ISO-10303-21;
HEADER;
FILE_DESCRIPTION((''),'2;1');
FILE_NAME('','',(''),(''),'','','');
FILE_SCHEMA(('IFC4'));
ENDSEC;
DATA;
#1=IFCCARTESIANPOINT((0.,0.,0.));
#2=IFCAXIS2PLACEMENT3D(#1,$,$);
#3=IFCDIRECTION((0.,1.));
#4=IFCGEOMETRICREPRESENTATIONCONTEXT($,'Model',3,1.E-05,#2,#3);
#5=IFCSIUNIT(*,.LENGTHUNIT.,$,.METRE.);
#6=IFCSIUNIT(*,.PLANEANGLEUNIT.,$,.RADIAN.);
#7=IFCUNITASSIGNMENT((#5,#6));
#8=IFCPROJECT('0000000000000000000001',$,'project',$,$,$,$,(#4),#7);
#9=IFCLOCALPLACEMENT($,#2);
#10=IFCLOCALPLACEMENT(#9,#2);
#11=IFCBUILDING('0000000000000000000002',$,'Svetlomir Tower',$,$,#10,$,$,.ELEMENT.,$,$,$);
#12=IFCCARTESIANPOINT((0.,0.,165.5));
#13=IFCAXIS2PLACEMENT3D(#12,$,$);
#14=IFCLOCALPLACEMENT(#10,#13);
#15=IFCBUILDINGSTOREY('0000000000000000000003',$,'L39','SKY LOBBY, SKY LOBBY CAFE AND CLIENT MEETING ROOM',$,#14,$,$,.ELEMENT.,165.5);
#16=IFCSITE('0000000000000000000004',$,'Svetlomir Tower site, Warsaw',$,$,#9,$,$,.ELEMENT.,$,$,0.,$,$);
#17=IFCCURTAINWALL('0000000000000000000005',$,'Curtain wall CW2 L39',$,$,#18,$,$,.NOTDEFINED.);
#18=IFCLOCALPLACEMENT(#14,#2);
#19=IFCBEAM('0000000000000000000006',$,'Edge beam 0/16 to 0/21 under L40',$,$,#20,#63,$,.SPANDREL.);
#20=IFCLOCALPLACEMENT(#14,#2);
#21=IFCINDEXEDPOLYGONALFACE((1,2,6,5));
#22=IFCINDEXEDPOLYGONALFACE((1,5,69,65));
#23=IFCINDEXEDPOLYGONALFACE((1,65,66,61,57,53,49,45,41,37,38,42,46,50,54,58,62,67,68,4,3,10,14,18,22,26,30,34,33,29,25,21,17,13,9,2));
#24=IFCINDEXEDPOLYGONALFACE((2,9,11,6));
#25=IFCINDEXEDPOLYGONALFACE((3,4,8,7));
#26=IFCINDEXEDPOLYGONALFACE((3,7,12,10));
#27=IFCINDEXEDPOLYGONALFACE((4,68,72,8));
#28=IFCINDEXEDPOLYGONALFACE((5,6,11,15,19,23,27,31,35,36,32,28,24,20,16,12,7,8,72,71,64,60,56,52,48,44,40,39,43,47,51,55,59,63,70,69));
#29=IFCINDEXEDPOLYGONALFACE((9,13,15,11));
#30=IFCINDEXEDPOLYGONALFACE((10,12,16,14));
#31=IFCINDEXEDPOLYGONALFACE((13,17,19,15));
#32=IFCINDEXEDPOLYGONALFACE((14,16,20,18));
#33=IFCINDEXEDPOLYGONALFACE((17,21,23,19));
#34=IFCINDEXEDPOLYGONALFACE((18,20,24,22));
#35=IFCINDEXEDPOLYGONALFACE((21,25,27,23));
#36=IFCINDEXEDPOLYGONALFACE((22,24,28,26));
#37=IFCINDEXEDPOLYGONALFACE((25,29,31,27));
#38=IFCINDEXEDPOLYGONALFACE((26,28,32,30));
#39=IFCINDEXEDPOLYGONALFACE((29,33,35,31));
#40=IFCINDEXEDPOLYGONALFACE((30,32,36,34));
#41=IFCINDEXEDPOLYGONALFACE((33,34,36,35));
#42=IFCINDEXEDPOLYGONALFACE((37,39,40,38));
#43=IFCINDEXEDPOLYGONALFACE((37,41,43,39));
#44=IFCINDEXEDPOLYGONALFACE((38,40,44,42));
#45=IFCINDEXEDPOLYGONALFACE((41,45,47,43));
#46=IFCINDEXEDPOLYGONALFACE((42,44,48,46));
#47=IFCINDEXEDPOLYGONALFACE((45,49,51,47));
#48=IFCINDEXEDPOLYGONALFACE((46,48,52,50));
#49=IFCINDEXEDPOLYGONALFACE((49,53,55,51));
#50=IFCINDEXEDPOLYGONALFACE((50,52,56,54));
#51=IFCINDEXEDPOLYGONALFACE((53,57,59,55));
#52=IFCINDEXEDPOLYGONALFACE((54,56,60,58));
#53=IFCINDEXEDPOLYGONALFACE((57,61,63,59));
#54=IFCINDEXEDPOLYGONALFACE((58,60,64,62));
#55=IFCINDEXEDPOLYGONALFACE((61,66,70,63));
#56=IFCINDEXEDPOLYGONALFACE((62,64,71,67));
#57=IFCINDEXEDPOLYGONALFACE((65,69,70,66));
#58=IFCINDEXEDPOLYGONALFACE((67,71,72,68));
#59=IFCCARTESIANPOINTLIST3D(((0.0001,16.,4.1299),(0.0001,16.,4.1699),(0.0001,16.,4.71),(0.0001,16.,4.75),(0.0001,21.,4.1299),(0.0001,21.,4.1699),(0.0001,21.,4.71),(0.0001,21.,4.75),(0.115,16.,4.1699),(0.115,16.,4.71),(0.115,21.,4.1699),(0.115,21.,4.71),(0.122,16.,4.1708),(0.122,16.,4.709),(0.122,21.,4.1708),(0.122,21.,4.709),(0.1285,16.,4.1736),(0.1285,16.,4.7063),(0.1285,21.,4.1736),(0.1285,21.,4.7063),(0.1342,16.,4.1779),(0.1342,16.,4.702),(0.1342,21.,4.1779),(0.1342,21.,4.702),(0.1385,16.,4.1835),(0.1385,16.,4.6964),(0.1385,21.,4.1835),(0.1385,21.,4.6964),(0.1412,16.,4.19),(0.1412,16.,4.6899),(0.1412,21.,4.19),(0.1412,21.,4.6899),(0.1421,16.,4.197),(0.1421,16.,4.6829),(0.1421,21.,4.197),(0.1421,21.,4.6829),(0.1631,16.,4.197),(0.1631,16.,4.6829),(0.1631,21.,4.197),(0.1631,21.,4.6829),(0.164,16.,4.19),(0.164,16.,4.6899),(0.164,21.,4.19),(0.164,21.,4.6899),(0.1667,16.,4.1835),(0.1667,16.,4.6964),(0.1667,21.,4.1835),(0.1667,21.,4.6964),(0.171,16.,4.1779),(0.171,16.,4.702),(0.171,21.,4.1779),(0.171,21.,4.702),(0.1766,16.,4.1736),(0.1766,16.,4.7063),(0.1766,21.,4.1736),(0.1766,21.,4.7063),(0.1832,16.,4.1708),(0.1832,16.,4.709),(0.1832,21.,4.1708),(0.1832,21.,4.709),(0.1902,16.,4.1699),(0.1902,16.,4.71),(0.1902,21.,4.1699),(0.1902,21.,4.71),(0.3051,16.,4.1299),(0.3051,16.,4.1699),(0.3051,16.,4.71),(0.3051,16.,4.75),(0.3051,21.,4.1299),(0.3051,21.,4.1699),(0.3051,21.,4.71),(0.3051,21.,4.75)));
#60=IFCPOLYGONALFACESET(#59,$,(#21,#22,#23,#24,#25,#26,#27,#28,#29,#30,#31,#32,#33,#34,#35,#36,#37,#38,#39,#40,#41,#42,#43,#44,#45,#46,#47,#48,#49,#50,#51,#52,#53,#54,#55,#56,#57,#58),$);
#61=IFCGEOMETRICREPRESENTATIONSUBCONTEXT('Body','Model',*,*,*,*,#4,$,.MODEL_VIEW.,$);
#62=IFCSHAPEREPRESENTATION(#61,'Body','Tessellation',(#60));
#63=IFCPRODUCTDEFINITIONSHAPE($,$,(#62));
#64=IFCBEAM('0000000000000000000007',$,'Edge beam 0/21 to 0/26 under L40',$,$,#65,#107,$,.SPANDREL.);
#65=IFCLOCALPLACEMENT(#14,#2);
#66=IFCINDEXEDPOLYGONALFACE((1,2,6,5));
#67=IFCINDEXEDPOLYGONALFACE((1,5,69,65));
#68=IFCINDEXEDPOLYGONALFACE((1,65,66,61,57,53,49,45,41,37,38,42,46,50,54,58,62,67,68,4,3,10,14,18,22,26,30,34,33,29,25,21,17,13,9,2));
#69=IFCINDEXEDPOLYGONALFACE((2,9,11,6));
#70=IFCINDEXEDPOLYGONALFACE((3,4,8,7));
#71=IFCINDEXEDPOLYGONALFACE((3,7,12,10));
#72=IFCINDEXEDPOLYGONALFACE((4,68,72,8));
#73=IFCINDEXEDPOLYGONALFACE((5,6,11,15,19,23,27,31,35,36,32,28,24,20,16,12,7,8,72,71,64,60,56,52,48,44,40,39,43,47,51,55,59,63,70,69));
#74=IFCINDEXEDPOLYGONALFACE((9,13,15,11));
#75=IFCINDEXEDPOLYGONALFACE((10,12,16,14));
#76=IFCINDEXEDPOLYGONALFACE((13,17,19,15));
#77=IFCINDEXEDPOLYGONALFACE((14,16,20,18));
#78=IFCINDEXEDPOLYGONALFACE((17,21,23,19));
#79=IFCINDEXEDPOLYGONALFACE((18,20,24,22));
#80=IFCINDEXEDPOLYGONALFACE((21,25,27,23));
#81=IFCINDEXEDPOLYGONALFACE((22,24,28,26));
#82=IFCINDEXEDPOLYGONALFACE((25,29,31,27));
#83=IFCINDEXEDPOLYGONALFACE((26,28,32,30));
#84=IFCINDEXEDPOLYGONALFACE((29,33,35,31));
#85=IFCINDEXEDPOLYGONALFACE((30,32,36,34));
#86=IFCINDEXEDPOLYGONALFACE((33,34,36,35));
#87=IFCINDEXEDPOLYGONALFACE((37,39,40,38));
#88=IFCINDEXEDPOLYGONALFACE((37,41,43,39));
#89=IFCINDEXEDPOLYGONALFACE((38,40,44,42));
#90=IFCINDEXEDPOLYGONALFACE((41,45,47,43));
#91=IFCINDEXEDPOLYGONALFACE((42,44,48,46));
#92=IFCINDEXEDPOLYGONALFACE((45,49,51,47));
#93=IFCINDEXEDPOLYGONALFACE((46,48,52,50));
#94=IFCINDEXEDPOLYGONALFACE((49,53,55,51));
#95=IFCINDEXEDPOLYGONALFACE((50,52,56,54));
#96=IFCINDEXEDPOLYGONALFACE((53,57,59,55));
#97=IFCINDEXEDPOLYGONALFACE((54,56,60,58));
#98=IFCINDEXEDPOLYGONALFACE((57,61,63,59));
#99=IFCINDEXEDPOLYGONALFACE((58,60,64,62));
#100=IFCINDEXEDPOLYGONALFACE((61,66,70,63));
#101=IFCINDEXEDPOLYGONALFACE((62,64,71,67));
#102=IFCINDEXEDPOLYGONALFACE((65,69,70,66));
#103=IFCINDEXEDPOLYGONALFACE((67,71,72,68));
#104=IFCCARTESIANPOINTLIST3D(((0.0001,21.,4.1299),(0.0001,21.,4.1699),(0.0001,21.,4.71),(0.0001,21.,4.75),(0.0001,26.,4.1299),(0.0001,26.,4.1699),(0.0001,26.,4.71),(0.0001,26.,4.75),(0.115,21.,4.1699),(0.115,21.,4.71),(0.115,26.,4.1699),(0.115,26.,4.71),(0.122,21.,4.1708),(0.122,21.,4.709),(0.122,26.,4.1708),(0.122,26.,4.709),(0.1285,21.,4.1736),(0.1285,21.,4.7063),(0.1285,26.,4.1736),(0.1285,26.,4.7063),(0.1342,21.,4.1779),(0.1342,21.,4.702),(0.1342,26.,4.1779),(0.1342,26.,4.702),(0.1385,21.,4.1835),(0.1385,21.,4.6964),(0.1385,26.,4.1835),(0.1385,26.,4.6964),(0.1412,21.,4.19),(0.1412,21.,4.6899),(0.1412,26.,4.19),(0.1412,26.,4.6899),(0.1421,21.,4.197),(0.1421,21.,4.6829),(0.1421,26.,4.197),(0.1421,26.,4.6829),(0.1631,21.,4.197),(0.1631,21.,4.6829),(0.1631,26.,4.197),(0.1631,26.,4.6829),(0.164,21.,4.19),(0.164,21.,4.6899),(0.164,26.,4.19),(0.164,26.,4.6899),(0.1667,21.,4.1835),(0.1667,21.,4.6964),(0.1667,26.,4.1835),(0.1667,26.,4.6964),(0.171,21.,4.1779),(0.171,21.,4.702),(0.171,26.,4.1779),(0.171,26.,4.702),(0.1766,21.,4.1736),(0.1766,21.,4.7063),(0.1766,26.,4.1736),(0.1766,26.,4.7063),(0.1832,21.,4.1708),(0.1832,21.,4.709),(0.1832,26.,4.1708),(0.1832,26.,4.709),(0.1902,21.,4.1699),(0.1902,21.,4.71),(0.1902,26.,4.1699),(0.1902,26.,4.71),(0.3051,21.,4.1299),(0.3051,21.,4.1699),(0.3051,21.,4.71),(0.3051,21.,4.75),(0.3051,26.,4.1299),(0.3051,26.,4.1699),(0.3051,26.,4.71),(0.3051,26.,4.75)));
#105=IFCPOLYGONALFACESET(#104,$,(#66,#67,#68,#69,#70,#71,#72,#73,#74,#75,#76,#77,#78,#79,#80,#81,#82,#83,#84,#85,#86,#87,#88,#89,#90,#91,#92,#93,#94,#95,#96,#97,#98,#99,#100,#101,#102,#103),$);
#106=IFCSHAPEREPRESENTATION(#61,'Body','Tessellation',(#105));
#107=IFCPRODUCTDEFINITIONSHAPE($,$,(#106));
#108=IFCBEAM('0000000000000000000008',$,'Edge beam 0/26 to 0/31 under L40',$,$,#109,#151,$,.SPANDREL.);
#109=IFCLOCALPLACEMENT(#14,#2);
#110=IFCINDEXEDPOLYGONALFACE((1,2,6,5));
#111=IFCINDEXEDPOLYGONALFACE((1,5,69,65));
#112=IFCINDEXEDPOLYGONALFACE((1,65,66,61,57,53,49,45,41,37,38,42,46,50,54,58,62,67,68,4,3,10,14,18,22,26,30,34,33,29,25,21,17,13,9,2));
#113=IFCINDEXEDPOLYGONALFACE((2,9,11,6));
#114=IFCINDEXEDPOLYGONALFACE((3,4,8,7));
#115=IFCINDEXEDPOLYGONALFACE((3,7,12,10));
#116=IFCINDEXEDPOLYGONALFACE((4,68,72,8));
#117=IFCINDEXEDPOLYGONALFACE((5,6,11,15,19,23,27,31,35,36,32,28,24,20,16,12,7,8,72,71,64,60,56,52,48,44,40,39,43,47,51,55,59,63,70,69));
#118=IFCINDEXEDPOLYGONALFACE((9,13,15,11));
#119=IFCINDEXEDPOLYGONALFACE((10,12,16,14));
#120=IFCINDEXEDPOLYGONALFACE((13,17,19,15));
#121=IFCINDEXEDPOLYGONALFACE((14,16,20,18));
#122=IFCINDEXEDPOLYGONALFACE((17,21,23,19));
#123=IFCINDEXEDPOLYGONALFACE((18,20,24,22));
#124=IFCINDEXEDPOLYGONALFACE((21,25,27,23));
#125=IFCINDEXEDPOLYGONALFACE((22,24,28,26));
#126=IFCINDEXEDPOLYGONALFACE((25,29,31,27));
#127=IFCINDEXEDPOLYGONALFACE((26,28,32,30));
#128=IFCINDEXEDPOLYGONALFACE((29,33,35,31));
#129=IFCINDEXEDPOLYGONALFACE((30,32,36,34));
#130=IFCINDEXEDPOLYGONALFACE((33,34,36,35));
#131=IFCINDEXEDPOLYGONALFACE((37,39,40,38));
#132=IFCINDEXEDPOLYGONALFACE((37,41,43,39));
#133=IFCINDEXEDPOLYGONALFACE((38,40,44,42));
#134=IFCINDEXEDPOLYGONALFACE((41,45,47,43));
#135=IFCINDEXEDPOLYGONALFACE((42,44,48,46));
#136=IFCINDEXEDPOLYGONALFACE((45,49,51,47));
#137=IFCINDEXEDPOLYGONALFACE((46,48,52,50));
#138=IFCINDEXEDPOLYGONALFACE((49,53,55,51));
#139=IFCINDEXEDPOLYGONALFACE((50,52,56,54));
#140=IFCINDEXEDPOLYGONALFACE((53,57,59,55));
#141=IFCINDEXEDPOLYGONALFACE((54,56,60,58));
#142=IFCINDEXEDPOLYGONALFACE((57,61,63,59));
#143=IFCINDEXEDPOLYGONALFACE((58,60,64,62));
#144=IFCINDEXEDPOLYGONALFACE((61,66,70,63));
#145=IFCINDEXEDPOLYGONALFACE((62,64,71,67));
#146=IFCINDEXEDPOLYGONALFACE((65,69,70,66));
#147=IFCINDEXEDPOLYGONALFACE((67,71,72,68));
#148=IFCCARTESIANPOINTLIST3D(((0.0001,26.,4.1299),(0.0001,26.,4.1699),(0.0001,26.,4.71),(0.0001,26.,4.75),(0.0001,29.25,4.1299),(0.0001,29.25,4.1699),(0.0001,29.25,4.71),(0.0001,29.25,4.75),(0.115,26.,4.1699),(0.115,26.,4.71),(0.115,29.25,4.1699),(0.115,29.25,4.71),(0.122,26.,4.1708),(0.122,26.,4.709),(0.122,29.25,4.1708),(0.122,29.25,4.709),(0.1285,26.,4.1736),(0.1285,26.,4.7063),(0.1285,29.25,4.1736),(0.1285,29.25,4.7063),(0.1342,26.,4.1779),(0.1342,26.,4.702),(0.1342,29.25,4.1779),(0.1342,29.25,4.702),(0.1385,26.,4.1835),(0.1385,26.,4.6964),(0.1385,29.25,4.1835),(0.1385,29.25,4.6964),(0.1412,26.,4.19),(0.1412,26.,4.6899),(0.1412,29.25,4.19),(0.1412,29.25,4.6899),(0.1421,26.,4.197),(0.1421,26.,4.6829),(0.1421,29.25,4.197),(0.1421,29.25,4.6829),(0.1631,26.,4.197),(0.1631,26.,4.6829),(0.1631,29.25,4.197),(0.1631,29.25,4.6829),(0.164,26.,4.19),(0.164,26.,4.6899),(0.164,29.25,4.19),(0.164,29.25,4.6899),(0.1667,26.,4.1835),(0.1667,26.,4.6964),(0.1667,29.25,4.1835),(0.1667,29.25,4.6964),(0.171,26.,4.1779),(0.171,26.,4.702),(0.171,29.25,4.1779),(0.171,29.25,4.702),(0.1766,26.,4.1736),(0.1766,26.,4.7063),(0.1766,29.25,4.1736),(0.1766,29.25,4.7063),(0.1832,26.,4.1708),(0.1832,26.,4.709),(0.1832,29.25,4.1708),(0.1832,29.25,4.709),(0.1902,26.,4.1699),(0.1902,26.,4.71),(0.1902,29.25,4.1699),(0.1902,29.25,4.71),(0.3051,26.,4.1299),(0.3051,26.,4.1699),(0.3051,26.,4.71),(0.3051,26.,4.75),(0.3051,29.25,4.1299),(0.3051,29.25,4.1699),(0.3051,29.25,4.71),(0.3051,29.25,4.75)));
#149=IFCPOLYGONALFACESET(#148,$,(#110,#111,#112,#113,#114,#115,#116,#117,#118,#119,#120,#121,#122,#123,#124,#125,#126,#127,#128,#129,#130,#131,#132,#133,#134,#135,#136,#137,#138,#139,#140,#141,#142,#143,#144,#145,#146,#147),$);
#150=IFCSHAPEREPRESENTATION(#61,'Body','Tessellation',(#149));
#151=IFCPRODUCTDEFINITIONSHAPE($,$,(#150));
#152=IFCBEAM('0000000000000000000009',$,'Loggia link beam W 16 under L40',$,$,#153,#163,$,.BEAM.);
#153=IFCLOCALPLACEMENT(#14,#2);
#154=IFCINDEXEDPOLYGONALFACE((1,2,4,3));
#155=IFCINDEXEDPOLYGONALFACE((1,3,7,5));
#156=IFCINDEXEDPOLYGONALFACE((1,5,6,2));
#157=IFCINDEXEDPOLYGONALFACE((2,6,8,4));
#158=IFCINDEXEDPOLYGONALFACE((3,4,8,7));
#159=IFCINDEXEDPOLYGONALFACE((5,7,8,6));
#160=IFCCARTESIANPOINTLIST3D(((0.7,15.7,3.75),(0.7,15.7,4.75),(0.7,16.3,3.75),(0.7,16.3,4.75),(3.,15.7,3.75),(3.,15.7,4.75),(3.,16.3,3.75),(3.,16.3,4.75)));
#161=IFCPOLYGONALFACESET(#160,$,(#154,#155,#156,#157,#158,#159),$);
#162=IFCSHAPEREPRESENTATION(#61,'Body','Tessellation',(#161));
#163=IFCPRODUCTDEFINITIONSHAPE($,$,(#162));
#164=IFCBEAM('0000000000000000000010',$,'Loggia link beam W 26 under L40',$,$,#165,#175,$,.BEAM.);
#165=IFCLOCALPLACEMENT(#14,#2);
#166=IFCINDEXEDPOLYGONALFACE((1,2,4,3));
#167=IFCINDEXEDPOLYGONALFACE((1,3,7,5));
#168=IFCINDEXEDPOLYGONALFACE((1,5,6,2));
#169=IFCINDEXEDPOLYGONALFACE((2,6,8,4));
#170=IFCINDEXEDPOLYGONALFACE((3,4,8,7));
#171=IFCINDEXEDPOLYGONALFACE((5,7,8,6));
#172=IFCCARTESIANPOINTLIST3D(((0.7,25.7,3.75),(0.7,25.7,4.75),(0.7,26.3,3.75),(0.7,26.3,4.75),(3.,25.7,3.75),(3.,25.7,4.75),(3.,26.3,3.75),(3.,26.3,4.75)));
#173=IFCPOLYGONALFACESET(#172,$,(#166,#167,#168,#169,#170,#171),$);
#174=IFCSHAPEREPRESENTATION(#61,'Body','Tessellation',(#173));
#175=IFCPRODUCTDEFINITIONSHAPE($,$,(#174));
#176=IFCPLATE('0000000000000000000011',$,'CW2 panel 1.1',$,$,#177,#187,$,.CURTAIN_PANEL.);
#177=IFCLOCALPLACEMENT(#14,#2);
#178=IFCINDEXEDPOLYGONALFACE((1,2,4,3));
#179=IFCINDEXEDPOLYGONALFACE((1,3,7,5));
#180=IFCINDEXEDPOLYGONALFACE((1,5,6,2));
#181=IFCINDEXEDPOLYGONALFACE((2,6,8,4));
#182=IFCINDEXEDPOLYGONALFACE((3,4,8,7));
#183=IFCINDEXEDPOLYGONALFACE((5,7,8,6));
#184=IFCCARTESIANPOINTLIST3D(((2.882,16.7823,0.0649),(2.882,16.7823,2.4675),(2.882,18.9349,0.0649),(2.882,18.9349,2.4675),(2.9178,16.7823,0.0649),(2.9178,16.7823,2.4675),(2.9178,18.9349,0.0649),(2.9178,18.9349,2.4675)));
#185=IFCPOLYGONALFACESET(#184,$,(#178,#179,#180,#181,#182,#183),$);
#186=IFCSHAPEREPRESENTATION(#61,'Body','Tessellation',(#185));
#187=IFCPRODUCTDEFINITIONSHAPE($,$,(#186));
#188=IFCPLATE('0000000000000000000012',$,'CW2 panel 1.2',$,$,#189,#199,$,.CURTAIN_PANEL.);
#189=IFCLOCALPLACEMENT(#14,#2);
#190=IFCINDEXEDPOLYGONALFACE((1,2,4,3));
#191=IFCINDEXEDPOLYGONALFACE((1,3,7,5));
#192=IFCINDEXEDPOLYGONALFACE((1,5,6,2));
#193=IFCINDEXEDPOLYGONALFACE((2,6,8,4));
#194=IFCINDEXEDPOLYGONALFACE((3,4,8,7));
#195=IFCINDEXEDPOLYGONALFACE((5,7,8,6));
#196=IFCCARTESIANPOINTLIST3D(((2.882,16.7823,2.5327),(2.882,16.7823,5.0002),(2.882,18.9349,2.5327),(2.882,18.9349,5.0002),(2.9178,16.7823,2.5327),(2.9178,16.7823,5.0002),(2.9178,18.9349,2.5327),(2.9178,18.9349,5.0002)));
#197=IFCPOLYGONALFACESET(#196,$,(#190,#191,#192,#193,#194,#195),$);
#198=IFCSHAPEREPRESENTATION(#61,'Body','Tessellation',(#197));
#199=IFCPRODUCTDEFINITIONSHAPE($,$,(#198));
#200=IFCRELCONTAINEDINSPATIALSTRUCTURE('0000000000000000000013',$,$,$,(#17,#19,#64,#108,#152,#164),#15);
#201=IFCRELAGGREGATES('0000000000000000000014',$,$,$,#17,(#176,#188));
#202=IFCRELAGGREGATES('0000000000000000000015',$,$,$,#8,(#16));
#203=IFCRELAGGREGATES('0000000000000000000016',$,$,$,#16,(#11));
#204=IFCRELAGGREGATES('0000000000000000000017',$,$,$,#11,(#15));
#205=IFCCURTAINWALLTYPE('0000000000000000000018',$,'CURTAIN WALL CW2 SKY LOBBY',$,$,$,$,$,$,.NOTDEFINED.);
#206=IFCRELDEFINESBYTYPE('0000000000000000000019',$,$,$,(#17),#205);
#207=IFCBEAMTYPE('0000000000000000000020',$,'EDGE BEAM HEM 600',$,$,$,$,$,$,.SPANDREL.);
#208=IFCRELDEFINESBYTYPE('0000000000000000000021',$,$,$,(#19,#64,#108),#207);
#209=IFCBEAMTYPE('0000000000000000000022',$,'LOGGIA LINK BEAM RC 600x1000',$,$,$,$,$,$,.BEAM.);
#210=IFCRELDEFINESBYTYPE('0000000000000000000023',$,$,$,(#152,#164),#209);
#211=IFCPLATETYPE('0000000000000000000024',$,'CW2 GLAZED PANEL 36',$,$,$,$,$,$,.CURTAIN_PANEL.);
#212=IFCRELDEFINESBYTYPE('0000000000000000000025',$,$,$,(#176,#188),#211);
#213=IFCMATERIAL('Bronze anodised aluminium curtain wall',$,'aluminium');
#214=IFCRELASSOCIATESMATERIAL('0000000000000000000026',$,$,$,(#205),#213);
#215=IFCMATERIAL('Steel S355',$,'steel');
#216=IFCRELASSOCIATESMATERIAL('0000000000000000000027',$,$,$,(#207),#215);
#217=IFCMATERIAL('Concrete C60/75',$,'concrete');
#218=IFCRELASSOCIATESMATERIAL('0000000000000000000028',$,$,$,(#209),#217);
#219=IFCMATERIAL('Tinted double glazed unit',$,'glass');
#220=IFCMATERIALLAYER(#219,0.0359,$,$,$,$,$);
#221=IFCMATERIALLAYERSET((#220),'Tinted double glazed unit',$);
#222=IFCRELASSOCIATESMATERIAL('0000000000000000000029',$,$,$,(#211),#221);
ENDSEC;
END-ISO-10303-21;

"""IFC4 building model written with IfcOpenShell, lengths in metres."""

from ifc_helpers import new_model, si_unit, direction, frame, origin, origin_2d, place, context, subcontext, project, spatial, rectangle, i_section, extrude, material, layer, layer_set, material_profile, profile_set, type_object, element, aggregate, save


model = new_model("IFC4")

# Units and contexts
model_context = context("Model", 3, precision=1e-05, world=origin(), true_north=direction((0.0, 1.0)))
body_context = subcontext(model_context, "Body", "Model", "MODEL_VIEW")
ifc_project = project(units=[si_unit("LENGTHUNIT", "METRE"), si_unit("PLANEANGLEUNIT", "RADIAN")], contexts=[model_context])

# Site, building, storey
site_placement = place(None, origin())
site = spatial("IfcSite", under=ifc_project, at=site_placement, Name="Svetlomir Tower site, Warsaw", CompositionType="ELEMENT", RefElevation=0.0)
building_placement = place(site_placement, origin())
building = spatial("IfcBuilding", under=site, at=building_placement, Name="Svetlomir Tower", CompositionType="ELEMENT")
storey_placement = place(building_placement, frame((0.0, 0.0, 165.5)))
storey = spatial("IfcBuildingStorey", under=building, at=storey_placement, Name="L39", Description="SKY LOBBY, SKY LOBBY CAFE AND CLIENT MEETING ROOM", CompositionType="ELEMENT", Elevation=165.5)

# Curtain wall
ifc_material_1 = material(Name="Bronze anodised aluminium curtain wall", Category="aluminium")
curtain_wall_type = type_object("IfcCurtainWallType", Name="CURTAIN WALL CW2 SKY LOBBY", PredefinedType="NOTDEFINED", material=ifc_material_1)
curtain_wall_placement = place(storey_placement, origin())
curtain_wall = element("IfcCurtainWall", 1, at=curtain_wall_placement, inside=storey, type_object=curtain_wall_type, Name="Curtain wall CW2 L39", PredefinedType="NOTDEFINED")

# Beams
ifc_material_2 = material(Name="Steel S355", Category="steel")
ifc_material_profile_1 = material_profile(ifc_material_2, i_section(OverallWidth=0.3049, OverallDepth=0.6201, WebThickness=0.021, FlangeThickness=0.04, FilletRadius=0.0271, at=origin_2d()), Name="HEM 600")
ifc_profile_set_1 = profile_set([ifc_material_profile_1], Name="Steel S355")
beam_type_1 = type_object("IfcBeamType", Name="EDGE BEAM HEM 600", PredefinedType="SPANDREL", material=ifc_profile_set_1)
for number, where, z_axis, x_axis, name in (
    (2, (0.1526, 16.0, 4.4399), (0.0, 1.0, 0.0), (-1.0, 0.0, 0.0), "Edge beam 0/16 to 0/21 under L40"),
    (3, (0.1526, 21.0, 4.4399), (0.0, 1.0, 0.0), (-1.0, 0.0, 0.0), "Edge beam 0/21 to 0/26 under L40"),
):
    element("IfcBeam", number, at=place(storey_placement, frame(where, z_axis=z_axis, x_axis=x_axis)), inside=storey, type_object=beam_type_1, Name=name, PredefinedType="SPANDREL", context=body_context, shape_type="SweptSolid", body=[
        extrude(i_section(OverallWidth=0.3049, OverallDepth=0.6201, WebThickness=0.021, FlangeThickness=0.04, FilletRadius=0.0271, at=origin_2d()), origin(), (0.0, 0.0, 1.0), 5.0),
    ])
beam_1_placement = place(storey_placement, frame((0.1526, 26.0, 4.4399), z_axis=(0.0, 1.0, 0.0), x_axis=(-1.0, 0.0, 0.0)))
element("IfcBeam", 4, at=beam_1_placement, inside=storey, type_object=beam_type_1, Name="Edge beam 0/26 to 0/31 under L40", PredefinedType="SPANDREL", context=body_context, shape_type="SweptSolid", body=[
    extrude(i_section(OverallWidth=0.3049, OverallDepth=0.6201, WebThickness=0.021, FlangeThickness=0.04, FilletRadius=0.0271, at=origin_2d()), origin(), (0.0, 0.0, 1.0), 3.25),
])
ifc_material_3 = material(Name="Concrete C60/75", Category="concrete")
ifc_material_profile_2 = material_profile(ifc_material_3, rectangle(XDim=0.6001, YDim=1.0, at=origin_2d()), Name="RC 600x1000")
ifc_profile_set_2 = profile_set([ifc_material_profile_2], Name="Concrete C60/75")
beam_type_2 = type_object("IfcBeamType", Name="LOGGIA LINK BEAM RC 600x1000", PredefinedType="BEAM", material=ifc_profile_set_2)
for number, where, z_axis, x_axis, name in (
    (5, (0.7, 16.0, 4.25), (1.0, 0.0, 0.0), (0.0, 1.0, 0.0), "Loggia link beam W 16 under L40"),
    (6, (0.7, 26.0, 4.25), (1.0, 0.0, 0.0), (0.0, 1.0, 0.0), "Loggia link beam W 26 under L40"),
):
    element("IfcBeam", number, at=place(storey_placement, frame(where, z_axis=z_axis, x_axis=x_axis)), inside=storey, type_object=beam_type_2, Name=name, PredefinedType="BEAM", context=body_context, shape_type="SweptSolid", body=[
        extrude(rectangle(XDim=0.6001, YDim=1.0, at=origin_2d()), origin(), (0.0, 0.0, 1.0), 2.3),
    ])

# Plates
ifc_material_4 = material(Name="Tinted double glazed unit", Category="glass")
ifc_layer = layer(ifc_material_4, 0.0359)
ifc_layer_set = layer_set([ifc_layer], Name="Tinted double glazed unit")
plate_type = type_object("IfcPlateType", Name="CW2 GLAZED PANEL 36", PredefinedType="CURTAIN_PANEL", material=ifc_layer_set)
plate_1_placement = place(storey_placement, frame((2.8999, 17.8586, 0.0649), z_axis=(0.0, 0.0, 1.0), x_axis=(0.0, -1.0, 0.0)))
plate_1 = element("IfcPlate", 7, at=plate_1_placement, type_object=plate_type, Name="CW2 panel 1.1", PredefinedType="CURTAIN_PANEL", context=body_context, shape_type="SweptSolid", body=[
    extrude(rectangle(XDim=2.1526, YDim=0.0359, at=origin_2d()), origin(), (0.0, 0.0, 1.0), 2.4026),
])
plate_2_placement = place(storey_placement, frame((2.8999, 17.8586, 2.5327), z_axis=(0.0, 0.0, 1.0), x_axis=(0.0, -1.0, 0.0)))
plate_2 = element("IfcPlate", 8, at=plate_2_placement, type_object=plate_type, Name="CW2 panel 1.2", PredefinedType="CURTAIN_PANEL", context=body_context, shape_type="SweptSolid", body=[
    extrude(rectangle(XDim=2.1526, YDim=0.0359, at=origin_2d()), origin(), (0.0, 0.0, 1.0), 2.4675),
])
aggregate(curtain_wall, [plate_1, plate_2])

save(model, "model.ifc")
